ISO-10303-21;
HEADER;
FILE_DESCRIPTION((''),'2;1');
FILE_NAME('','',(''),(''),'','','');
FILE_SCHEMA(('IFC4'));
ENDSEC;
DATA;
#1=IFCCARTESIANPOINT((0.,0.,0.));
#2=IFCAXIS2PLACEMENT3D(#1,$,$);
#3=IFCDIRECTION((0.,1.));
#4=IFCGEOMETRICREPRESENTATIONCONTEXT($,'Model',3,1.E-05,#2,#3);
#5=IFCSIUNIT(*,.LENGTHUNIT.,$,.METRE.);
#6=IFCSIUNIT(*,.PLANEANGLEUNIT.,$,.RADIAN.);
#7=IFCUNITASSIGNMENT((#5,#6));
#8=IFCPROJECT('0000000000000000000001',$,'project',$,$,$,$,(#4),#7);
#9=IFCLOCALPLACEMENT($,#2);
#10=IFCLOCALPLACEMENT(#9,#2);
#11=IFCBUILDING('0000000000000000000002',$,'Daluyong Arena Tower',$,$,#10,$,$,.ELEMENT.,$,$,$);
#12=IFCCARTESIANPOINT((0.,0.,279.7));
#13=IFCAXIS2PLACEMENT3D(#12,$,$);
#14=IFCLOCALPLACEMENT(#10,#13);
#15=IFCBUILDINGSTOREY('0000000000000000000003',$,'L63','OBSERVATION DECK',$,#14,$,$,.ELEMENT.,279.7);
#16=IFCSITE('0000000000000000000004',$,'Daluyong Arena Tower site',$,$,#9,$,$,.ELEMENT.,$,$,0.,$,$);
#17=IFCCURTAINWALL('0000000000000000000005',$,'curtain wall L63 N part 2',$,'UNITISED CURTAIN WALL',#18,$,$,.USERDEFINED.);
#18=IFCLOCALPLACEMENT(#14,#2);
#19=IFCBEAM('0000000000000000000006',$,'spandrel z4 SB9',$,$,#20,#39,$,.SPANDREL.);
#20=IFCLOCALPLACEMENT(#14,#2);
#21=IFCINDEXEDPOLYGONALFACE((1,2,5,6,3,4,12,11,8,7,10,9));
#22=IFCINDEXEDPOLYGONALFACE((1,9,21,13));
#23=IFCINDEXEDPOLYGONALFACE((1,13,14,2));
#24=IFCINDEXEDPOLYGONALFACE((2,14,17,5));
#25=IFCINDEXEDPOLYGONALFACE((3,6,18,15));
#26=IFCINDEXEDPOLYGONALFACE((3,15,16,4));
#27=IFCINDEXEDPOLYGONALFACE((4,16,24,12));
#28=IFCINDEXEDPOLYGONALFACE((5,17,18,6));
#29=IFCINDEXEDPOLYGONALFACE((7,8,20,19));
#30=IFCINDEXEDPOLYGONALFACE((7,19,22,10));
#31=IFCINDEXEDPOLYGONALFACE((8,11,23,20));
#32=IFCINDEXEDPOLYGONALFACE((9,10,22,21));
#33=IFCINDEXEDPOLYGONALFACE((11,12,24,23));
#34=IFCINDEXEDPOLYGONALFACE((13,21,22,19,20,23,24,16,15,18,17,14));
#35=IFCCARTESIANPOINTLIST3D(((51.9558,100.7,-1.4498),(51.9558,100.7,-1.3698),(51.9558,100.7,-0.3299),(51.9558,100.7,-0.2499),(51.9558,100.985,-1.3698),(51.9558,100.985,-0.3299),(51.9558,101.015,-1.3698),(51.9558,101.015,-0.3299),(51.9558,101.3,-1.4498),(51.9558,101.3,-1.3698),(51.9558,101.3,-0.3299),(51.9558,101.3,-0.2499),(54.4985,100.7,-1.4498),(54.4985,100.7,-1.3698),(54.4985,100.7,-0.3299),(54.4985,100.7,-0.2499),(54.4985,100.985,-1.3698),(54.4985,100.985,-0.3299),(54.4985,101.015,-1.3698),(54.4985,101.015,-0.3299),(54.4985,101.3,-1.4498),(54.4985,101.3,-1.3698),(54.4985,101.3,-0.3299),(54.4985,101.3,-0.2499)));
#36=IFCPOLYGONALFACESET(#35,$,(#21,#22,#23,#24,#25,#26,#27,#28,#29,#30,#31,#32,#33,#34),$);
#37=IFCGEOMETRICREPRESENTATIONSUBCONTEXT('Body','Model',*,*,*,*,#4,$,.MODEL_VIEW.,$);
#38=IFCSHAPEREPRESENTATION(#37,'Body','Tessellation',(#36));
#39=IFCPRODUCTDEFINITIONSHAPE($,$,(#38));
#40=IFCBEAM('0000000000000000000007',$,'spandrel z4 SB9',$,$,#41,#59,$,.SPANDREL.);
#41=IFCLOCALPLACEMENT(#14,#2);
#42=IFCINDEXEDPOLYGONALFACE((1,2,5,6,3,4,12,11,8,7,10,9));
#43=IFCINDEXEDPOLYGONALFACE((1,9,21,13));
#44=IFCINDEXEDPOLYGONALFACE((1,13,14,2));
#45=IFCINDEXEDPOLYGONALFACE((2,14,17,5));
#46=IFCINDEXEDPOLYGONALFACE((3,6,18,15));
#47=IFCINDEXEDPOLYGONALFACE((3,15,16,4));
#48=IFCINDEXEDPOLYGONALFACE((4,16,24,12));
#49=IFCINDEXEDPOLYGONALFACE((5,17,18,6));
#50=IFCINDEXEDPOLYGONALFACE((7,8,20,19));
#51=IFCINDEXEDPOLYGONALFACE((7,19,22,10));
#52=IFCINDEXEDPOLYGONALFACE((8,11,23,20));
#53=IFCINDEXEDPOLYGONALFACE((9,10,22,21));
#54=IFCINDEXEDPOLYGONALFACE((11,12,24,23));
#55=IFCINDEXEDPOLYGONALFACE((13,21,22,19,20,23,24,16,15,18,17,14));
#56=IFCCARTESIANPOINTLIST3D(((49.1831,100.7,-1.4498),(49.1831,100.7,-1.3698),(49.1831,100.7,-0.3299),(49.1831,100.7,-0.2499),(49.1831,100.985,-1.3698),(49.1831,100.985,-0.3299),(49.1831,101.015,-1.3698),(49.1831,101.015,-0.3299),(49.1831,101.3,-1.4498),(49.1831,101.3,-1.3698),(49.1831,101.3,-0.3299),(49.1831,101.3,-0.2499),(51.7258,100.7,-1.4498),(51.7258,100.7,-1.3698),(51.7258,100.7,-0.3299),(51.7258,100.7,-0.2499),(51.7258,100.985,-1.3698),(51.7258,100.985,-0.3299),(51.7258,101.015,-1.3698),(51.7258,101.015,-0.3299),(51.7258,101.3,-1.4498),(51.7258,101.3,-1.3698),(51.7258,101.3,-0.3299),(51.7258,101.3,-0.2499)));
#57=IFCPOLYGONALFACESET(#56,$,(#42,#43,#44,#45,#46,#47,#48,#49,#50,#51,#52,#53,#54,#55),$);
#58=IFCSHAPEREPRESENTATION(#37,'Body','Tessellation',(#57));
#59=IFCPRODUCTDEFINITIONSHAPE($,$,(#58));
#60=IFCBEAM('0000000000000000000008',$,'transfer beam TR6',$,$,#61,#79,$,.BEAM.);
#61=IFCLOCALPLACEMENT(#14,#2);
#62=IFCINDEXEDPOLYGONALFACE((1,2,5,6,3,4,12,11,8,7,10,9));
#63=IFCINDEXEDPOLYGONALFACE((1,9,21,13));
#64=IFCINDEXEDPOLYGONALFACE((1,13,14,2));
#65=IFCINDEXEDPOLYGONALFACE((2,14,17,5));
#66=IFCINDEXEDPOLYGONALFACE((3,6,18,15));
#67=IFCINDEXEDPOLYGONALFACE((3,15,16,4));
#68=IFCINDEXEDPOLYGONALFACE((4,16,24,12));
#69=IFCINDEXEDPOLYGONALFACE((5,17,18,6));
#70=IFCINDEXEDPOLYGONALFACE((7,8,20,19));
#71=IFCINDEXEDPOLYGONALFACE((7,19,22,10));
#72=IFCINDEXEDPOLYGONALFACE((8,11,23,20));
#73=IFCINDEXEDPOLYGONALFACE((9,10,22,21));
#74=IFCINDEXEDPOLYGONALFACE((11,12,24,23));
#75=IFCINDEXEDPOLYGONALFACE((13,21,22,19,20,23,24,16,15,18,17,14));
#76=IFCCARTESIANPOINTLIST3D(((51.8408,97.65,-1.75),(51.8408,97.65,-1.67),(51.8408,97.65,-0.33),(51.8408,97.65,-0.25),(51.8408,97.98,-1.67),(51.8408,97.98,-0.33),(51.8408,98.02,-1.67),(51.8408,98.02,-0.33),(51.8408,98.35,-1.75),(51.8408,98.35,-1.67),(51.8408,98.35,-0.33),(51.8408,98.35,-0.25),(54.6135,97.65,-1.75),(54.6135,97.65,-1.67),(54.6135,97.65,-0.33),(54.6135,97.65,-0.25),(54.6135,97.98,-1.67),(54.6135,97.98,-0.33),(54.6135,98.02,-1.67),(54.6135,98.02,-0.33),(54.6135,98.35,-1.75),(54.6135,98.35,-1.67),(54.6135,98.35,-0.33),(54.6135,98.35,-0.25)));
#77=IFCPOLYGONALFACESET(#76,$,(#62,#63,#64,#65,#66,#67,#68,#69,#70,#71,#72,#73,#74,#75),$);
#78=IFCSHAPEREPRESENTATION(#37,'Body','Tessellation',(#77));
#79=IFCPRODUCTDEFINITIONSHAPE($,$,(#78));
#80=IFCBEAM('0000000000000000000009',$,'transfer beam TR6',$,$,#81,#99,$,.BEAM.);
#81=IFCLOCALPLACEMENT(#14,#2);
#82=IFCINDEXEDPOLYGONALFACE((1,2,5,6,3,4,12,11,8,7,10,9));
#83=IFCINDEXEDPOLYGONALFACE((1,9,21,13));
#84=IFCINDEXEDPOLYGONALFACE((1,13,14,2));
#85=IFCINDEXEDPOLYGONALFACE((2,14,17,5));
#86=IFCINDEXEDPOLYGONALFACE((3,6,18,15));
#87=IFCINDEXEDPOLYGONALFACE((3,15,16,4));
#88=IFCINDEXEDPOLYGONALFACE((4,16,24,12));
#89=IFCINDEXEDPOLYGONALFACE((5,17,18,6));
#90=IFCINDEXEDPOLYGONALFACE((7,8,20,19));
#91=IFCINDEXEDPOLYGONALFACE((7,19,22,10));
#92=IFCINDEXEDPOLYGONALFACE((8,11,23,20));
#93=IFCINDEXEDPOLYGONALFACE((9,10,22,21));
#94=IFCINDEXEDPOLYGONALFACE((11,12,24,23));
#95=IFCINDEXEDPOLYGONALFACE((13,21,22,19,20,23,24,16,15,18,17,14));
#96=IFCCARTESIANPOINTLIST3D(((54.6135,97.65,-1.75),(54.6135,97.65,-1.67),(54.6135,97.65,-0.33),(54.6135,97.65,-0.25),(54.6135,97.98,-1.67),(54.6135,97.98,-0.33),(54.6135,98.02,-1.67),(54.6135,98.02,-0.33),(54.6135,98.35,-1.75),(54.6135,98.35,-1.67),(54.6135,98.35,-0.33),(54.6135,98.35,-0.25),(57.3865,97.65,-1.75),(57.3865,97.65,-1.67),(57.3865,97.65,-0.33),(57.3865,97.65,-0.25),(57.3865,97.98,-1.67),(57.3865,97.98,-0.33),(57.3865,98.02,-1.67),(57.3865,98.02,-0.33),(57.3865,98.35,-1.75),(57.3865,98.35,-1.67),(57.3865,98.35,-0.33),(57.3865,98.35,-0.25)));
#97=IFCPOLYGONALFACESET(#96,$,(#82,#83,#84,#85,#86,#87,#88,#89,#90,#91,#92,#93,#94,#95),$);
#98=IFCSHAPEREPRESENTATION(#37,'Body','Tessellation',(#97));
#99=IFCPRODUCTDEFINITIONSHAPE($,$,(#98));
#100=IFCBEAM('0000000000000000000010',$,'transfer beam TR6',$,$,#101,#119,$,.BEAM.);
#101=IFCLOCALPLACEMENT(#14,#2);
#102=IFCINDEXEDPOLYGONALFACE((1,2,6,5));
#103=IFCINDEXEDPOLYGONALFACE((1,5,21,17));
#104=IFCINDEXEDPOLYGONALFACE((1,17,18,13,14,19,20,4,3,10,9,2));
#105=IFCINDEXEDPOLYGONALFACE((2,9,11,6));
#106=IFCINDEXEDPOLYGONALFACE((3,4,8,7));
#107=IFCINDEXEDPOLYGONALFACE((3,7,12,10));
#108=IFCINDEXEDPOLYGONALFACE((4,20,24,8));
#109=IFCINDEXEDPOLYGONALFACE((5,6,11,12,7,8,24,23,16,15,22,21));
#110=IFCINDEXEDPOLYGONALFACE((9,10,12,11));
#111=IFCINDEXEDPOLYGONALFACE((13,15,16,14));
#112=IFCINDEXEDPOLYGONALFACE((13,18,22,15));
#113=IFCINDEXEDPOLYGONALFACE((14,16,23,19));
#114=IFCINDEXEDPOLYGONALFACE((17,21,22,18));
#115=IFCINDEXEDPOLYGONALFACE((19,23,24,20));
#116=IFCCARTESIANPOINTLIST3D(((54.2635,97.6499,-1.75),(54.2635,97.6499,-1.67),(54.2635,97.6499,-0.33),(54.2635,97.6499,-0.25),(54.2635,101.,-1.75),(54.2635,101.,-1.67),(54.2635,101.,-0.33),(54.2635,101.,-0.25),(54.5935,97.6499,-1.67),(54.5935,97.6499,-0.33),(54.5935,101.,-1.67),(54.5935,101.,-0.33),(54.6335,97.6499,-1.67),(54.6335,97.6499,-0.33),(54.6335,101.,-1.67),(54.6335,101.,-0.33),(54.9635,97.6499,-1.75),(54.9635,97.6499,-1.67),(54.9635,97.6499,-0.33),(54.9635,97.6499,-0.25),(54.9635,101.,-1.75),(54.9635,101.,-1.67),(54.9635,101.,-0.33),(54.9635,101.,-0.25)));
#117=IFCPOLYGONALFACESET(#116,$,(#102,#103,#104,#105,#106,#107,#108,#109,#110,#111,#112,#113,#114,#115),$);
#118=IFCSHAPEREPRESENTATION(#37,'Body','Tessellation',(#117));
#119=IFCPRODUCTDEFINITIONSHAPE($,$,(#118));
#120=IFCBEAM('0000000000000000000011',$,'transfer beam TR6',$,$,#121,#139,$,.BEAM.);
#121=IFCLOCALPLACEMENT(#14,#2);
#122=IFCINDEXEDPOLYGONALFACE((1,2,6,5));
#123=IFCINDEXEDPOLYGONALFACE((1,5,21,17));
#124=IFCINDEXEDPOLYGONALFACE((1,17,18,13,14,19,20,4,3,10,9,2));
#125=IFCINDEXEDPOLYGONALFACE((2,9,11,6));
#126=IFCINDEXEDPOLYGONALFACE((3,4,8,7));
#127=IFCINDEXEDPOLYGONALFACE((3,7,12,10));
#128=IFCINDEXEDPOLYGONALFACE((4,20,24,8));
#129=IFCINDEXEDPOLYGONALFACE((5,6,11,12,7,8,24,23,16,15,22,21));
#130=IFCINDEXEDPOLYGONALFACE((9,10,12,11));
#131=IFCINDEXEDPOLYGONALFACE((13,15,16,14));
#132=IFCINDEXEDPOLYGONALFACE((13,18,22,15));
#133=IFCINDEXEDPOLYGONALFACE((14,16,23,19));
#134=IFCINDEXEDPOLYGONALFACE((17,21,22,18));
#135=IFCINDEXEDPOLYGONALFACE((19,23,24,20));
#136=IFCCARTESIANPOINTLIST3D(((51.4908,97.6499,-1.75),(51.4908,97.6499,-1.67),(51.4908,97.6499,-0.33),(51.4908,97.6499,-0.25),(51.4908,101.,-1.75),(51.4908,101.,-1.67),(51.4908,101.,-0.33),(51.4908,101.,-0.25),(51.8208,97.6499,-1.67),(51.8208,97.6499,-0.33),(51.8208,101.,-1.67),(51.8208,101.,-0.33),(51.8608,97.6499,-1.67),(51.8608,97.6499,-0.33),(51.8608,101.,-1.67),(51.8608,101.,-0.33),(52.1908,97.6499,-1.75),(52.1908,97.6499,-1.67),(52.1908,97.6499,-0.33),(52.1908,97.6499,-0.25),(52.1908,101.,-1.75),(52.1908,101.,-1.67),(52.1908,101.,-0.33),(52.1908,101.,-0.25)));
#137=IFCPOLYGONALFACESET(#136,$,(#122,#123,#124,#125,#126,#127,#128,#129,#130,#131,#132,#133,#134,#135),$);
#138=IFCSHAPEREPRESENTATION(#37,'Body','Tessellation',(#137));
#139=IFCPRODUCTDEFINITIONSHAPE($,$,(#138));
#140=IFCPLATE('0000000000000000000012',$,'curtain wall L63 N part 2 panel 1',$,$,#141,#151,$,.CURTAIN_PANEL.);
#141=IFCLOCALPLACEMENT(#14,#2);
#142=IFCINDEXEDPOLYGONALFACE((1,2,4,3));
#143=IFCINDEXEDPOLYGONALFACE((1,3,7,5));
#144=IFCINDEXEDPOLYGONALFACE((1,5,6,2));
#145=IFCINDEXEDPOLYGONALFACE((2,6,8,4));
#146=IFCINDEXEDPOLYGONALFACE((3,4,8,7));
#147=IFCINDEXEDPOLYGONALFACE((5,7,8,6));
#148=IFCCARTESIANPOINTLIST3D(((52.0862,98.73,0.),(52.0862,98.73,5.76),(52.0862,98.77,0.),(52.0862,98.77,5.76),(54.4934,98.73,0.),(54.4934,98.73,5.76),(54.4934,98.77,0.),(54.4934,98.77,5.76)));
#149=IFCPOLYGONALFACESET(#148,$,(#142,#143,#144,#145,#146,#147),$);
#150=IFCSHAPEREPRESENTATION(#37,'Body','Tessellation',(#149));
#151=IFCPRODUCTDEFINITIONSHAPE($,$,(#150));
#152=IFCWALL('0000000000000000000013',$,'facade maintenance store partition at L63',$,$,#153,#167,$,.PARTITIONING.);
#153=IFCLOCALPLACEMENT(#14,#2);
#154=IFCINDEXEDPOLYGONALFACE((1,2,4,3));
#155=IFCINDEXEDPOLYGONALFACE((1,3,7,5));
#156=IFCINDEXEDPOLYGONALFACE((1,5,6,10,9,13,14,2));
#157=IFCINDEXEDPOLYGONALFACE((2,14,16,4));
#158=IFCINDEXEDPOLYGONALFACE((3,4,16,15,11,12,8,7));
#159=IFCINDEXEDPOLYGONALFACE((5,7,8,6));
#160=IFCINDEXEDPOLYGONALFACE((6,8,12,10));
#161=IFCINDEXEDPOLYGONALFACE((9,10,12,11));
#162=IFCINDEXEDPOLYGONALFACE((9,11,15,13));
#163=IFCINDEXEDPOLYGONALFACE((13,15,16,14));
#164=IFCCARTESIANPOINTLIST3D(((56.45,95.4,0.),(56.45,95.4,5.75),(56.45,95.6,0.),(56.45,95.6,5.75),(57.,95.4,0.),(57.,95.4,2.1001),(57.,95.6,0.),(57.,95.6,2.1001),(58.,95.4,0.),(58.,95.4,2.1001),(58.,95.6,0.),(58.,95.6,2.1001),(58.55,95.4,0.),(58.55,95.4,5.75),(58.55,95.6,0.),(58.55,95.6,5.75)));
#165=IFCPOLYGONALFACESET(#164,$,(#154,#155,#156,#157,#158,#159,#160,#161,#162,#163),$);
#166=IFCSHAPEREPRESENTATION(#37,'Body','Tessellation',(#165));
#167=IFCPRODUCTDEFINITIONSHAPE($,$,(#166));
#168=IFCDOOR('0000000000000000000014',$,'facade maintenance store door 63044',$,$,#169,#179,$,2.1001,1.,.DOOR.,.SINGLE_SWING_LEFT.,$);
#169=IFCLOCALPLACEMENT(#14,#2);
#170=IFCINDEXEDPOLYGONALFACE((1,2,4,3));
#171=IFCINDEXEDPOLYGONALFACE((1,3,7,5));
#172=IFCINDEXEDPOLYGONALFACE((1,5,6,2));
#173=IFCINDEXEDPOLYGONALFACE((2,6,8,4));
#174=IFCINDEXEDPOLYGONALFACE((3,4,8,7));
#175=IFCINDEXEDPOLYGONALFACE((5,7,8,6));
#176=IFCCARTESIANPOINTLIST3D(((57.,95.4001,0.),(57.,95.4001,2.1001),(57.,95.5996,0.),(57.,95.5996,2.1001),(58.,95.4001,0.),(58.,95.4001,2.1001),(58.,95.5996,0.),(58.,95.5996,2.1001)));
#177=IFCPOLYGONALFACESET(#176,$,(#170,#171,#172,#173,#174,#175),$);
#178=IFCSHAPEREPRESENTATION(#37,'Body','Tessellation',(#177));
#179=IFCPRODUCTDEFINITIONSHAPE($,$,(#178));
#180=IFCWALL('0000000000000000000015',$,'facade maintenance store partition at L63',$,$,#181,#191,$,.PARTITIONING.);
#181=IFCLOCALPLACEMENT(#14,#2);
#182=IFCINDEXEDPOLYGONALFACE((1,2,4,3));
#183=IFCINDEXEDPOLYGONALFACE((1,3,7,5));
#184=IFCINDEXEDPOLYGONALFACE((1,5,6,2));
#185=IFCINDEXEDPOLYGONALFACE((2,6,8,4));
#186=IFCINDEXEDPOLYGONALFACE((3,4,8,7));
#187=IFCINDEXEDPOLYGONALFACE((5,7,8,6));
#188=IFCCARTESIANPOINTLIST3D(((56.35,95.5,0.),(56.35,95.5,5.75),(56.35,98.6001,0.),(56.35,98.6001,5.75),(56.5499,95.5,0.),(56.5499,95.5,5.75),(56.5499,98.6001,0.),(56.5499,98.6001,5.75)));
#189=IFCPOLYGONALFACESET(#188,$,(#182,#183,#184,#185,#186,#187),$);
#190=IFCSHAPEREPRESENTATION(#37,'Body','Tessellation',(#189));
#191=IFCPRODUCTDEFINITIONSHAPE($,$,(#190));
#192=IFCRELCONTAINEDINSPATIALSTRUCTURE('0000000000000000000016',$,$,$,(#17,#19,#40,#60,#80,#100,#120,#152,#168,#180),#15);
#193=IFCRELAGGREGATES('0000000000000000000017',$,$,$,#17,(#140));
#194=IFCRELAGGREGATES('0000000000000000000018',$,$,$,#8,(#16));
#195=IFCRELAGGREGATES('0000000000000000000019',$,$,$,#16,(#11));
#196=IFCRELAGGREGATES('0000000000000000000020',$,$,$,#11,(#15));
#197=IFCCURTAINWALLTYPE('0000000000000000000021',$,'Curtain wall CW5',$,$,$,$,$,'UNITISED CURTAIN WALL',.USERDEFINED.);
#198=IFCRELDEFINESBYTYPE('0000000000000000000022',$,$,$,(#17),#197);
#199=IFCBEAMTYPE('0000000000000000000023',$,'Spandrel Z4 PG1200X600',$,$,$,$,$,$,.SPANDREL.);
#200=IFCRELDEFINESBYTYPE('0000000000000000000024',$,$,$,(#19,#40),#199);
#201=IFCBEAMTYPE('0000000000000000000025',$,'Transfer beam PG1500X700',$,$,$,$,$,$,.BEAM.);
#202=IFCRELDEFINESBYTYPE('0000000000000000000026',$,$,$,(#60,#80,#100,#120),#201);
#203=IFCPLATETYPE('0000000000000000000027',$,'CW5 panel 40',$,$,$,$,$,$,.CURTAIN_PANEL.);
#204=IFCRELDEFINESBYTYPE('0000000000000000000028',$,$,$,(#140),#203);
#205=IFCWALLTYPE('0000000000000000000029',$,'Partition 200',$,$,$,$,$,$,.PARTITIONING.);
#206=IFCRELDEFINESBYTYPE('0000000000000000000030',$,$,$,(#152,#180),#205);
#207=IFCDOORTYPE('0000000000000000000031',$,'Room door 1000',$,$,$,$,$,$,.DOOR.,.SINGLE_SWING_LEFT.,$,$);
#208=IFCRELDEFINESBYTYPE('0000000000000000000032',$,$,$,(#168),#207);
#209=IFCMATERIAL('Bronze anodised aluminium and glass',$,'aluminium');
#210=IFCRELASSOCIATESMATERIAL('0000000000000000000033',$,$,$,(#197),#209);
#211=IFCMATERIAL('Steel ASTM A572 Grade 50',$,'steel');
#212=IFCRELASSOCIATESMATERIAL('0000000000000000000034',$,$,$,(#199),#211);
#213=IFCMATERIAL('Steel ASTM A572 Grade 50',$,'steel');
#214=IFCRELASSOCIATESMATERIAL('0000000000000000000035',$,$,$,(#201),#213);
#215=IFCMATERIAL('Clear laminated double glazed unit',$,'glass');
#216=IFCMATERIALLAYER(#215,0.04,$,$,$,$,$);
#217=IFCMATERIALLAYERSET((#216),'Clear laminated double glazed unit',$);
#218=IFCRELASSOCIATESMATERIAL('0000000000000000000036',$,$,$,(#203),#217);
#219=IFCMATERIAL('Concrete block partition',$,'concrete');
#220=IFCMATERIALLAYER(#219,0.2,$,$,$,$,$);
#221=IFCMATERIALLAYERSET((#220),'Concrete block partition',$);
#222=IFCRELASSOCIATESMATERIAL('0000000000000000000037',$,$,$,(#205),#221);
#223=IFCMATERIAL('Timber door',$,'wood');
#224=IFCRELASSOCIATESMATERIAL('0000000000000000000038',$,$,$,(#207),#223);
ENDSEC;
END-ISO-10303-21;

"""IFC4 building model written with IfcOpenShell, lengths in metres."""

from ifc_helpers import new_model, si_unit, direction, frame, frame_2d, origin, origin_2d, place, context, subcontext, project, spatial, rectangle, i_section, extrude, material, layer, layer_set, material_profile, profile_set, type_object, element, fill, aggregate, save


model = new_model("IFC4")

# Units and contexts
model_context = context("Model", 3, precision=1e-05, world=origin(), true_north=direction((0.0, 1.0)))
body_context = subcontext(model_context, "Body", "Model", "MODEL_VIEW")
ifc_project = project(units=[si_unit("LENGTHUNIT", "METRE"), si_unit("PLANEANGLEUNIT", "RADIAN")], contexts=[model_context])

# Site, building, storey
site_placement = place(None, origin())
site = spatial("IfcSite", under=ifc_project, at=site_placement, Name="Daluyong Arena Tower site", CompositionType="ELEMENT", RefElevation=0.0)
building_placement = place(site_placement, origin())
building = spatial("IfcBuilding", under=site, at=building_placement, Name="Daluyong Arena Tower", CompositionType="ELEMENT")
storey_placement = place(building_placement, frame((0.0, 0.0, 279.7)))
storey = spatial("IfcBuildingStorey", under=building, at=storey_placement, Name="L63", Description="OBSERVATION DECK", CompositionType="ELEMENT", Elevation=279.7)

# Curtain wall
ifc_material_1 = material(Name="Bronze anodised aluminium and glass", Category="aluminium")
curtain_wall_type = type_object("IfcCurtainWallType", Name="Curtain wall CW5", ElementType="UNITISED CURTAIN WALL", PredefinedType="USERDEFINED", material=ifc_material_1)
curtain_wall_placement = place(storey_placement, origin())
curtain_wall = element("IfcCurtainWall", 1, at=curtain_wall_placement, inside=storey, type_object=curtain_wall_type, Name="curtain wall L63 N part 2", ObjectType="UNITISED CURTAIN WALL", PredefinedType="USERDEFINED")

# Beams
ifc_material_2 = material(Name="Steel ASTM A572 Grade 50", Category="steel")
ifc_material_profile_1 = material_profile(ifc_material_2, i_section(OverallWidth=0.6001, OverallDepth=1.2, WebThickness=0.03, FlangeThickness=0.08, at=origin_2d()))
ifc_profile_set_1 = profile_set([ifc_material_profile_1], Name="Steel ASTM A572 Grade 50")
beam_type_1 = type_object("IfcBeamType", Name="Spandrel Z4 PG1200X600", PredefinedType="SPANDREL", material=ifc_profile_set_1)
for number, where, z_axis, x_axis, name in (
    (2, (54.4985, 101.0, -0.8499), (-1.0, 0.0, 0.0), (0.0, -1.0, 0.0), "spandrel z4 SB9"),
    (3, (51.7258, 101.0, -0.8499), (-1.0, 0.0, 0.0), (0.0, -1.0, 0.0), "spandrel z4 SB9"),
):
    element("IfcBeam", number, at=place(storey_placement, frame(where, z_axis=z_axis, x_axis=x_axis)), inside=storey, type_object=beam_type_1, Name=name, PredefinedType="SPANDREL", context=body_context, shape_type="SweptSolid", body=[
        extrude(i_section(OverallWidth=0.6001, OverallDepth=1.2, WebThickness=0.03, FlangeThickness=0.08, at=origin_2d()), origin(), (0.0, 0.0, 1.0), 2.5427),
    ])
ifc_material_3 = material(Name="Steel ASTM A572 Grade 50", Category="steel")
ifc_material_profile_2 = material_profile(ifc_material_3, i_section(OverallWidth=0.7, OverallDepth=1.5, WebThickness=0.04, FlangeThickness=0.08, at=origin_2d()))
ifc_profile_set_2 = profile_set([ifc_material_profile_2], Name="Steel ASTM A572 Grade 50")
beam_type_2 = type_object("IfcBeamType", Name="Transfer beam PG1500X700", PredefinedType="BEAM", material=ifc_profile_set_2)
beam_1_placement = place(storey_placement, frame((51.8408, 98.0, -1.0), z_axis=(1.0, 0.0, 0.0), x_axis=(0.0, 1.0, 0.0)))
element("IfcBeam", 4, at=beam_1_placement, inside=storey, type_object=beam_type_2, Name="transfer beam TR6", PredefinedType="BEAM", context=body_context, shape_type="SweptSolid", body=[
    extrude(i_section(OverallWidth=0.7, OverallDepth=1.5, WebThickness=0.04, FlangeThickness=0.08, at=origin_2d()), origin(), (0.0, 0.0, 1.0), 2.7727),
])
beam_2_placement = place(storey_placement, frame((54.6135, 98.0, -1.0), z_axis=(1.0, 0.0, 0.0), x_axis=(0.0, 1.0, 0.0)))
element("IfcBeam", 5, at=beam_2_placement, inside=storey, type_object=beam_type_2, Name="transfer beam TR6", PredefinedType="BEAM", context=body_context, shape_type="SweptSolid", body=[
    extrude(i_section(OverallWidth=0.7, OverallDepth=1.5, WebThickness=0.04, FlangeThickness=0.08, at=origin_2d()), origin(), (0.0, 0.0, 1.0), 2.7729),
])
for number, where, z_axis, x_axis, name in (
    (6, (54.6135, 101.0, -1.0), (0.0, -1.0, 0.0), (1.0, 0.0, 0.0), "transfer beam TR6"),
    (7, (51.8408, 101.0, -1.0), (0.0, -1.0, 0.0), (1.0, 0.0, 0.0), "transfer beam TR6"),
):
    element("IfcBeam", number, at=place(storey_placement, frame(where, z_axis=z_axis, x_axis=x_axis)), inside=storey, type_object=beam_type_2, Name=name, PredefinedType="BEAM", context=body_context, shape_type="SweptSolid", body=[
        extrude(i_section(OverallWidth=0.7, OverallDepth=1.5, WebThickness=0.04, FlangeThickness=0.08, at=origin_2d()), origin(), (0.0, 0.0, 1.0), 3.3501),
    ])

# Plate
ifc_material_4 = material(Name="Clear laminated double glazed unit", Category="glass")
ifc_layer_1 = layer(ifc_material_4, 0.04)
ifc_layer_set_1 = layer_set([ifc_layer_1], Name="Clear laminated double glazed unit")
plate_type = type_object("IfcPlateType", Name="CW5 panel 40", PredefinedType="CURTAIN_PANEL", material=ifc_layer_set_1)
plate_placement = place(storey_placement, frame((53.2898, 98.75, 0.0), z_axis=(0.0, 0.0, 1.0), x_axis=(-1.0, 0.0, 0.0)))
plate = element("IfcPlate", 8, at=plate_placement, type_object=plate_type, Name="curtain wall L63 N part 2 panel 1", PredefinedType="CURTAIN_PANEL", context=body_context, shape_type="SweptSolid", body=[
    extrude(rectangle(XDim=2.4072, YDim=0.04, at=origin_2d()), origin(), (0.0, 0.0, 1.0), 5.76),
])
aggregate(curtain_wall, [plate])

# Wall, opening, door
ifc_material_5 = material(Name="Concrete block partition", Category="concrete")
ifc_layer_2 = layer(ifc_material_5, 0.2)
ifc_layer_set_2 = layer_set([ifc_layer_2], Name="Concrete block partition")
wall_type = type_object("IfcWallType", Name="Partition 200", PredefinedType="PARTITIONING", material=ifc_layer_set_2)
wall_1_placement = place(storey_placement, frame((56.45, 95.5, 0.0), z_axis=(0.0, 0.0, 1.0), x_axis=(1.0, 0.0, 0.0)))
wall_1 = element("IfcWall", 9, at=wall_1_placement, inside=storey, type_object=wall_type, Name="facade maintenance store partition at L63", PredefinedType="PARTITIONING", context=body_context, shape_type="SweptSolid", body=[
    extrude(rectangle(XDim=2.1001, YDim=0.2, at=frame_2d((1.05, 0.0))), origin(), (0.0, 0.0, 1.0), 5.75),
])
opening_placement = place(wall_1_placement, frame((0.55, 0.0, 0.0)))
opening = element("IfcOpeningElement", 10, at=opening_placement, cuts=wall_1, PredefinedType="OPENING", context=body_context, shape_type="SweptSolid", body=[
    extrude(rectangle(XDim=1.0, YDim=2.1001, at=frame_2d((0.5, 1.05))), frame((0.0, 0.1099, 0.0), z_axis=(0.0, -1.0, 0.0), x_axis=(1.0, 0.0, 0.0)), (0.0, 0.0, 1.0), 0.22),
])
ifc_material_6 = material(Name="Timber door", Category="wood")
door_type = type_object("IfcDoorType", Name="Room door 1000", OperationType="SINGLE_SWING_LEFT", PredefinedType="DOOR", material=ifc_material_6)
door_placement = place(opening_placement, origin())
door = element("IfcDoor", 11, at=door_placement, inside=storey, type_object=door_type, Name="facade maintenance store door 63044", OperationType="SINGLE_SWING_LEFT", OverallHeight=2.1001, OverallWidth=1.0, PredefinedType="DOOR", context=body_context, shape_type="SweptSolid", body=[
    extrude(rectangle(XDim=1.0, YDim=2.1001, at=frame_2d((0.5, 1.05))), frame((0.0, 0.0996, 0.0), z_axis=(0.0, -1.0, 0.0), x_axis=(1.0, 0.0, 0.0)), (0.0, 0.0, 1.0), 0.1995),
])
fill(opening, door)

# Wall
wall_2_placement = place(storey_placement, frame((56.45, 98.6001, 0.0), z_axis=(0.0, 0.0, 1.0), x_axis=(0.0, -1.0, 0.0)))
element("IfcWall", 12, at=wall_2_placement, inside=storey, type_object=wall_type, Name="facade maintenance store partition at L63", PredefinedType="PARTITIONING", context=body_context, shape_type="SweptSolid", body=[
    extrude(rectangle(XDim=3.1001, YDim=0.2, at=frame_2d((1.55, 0.0))), origin(), (0.0, 0.0, 1.0), 5.75),
])

save(model, "model.ifc")
